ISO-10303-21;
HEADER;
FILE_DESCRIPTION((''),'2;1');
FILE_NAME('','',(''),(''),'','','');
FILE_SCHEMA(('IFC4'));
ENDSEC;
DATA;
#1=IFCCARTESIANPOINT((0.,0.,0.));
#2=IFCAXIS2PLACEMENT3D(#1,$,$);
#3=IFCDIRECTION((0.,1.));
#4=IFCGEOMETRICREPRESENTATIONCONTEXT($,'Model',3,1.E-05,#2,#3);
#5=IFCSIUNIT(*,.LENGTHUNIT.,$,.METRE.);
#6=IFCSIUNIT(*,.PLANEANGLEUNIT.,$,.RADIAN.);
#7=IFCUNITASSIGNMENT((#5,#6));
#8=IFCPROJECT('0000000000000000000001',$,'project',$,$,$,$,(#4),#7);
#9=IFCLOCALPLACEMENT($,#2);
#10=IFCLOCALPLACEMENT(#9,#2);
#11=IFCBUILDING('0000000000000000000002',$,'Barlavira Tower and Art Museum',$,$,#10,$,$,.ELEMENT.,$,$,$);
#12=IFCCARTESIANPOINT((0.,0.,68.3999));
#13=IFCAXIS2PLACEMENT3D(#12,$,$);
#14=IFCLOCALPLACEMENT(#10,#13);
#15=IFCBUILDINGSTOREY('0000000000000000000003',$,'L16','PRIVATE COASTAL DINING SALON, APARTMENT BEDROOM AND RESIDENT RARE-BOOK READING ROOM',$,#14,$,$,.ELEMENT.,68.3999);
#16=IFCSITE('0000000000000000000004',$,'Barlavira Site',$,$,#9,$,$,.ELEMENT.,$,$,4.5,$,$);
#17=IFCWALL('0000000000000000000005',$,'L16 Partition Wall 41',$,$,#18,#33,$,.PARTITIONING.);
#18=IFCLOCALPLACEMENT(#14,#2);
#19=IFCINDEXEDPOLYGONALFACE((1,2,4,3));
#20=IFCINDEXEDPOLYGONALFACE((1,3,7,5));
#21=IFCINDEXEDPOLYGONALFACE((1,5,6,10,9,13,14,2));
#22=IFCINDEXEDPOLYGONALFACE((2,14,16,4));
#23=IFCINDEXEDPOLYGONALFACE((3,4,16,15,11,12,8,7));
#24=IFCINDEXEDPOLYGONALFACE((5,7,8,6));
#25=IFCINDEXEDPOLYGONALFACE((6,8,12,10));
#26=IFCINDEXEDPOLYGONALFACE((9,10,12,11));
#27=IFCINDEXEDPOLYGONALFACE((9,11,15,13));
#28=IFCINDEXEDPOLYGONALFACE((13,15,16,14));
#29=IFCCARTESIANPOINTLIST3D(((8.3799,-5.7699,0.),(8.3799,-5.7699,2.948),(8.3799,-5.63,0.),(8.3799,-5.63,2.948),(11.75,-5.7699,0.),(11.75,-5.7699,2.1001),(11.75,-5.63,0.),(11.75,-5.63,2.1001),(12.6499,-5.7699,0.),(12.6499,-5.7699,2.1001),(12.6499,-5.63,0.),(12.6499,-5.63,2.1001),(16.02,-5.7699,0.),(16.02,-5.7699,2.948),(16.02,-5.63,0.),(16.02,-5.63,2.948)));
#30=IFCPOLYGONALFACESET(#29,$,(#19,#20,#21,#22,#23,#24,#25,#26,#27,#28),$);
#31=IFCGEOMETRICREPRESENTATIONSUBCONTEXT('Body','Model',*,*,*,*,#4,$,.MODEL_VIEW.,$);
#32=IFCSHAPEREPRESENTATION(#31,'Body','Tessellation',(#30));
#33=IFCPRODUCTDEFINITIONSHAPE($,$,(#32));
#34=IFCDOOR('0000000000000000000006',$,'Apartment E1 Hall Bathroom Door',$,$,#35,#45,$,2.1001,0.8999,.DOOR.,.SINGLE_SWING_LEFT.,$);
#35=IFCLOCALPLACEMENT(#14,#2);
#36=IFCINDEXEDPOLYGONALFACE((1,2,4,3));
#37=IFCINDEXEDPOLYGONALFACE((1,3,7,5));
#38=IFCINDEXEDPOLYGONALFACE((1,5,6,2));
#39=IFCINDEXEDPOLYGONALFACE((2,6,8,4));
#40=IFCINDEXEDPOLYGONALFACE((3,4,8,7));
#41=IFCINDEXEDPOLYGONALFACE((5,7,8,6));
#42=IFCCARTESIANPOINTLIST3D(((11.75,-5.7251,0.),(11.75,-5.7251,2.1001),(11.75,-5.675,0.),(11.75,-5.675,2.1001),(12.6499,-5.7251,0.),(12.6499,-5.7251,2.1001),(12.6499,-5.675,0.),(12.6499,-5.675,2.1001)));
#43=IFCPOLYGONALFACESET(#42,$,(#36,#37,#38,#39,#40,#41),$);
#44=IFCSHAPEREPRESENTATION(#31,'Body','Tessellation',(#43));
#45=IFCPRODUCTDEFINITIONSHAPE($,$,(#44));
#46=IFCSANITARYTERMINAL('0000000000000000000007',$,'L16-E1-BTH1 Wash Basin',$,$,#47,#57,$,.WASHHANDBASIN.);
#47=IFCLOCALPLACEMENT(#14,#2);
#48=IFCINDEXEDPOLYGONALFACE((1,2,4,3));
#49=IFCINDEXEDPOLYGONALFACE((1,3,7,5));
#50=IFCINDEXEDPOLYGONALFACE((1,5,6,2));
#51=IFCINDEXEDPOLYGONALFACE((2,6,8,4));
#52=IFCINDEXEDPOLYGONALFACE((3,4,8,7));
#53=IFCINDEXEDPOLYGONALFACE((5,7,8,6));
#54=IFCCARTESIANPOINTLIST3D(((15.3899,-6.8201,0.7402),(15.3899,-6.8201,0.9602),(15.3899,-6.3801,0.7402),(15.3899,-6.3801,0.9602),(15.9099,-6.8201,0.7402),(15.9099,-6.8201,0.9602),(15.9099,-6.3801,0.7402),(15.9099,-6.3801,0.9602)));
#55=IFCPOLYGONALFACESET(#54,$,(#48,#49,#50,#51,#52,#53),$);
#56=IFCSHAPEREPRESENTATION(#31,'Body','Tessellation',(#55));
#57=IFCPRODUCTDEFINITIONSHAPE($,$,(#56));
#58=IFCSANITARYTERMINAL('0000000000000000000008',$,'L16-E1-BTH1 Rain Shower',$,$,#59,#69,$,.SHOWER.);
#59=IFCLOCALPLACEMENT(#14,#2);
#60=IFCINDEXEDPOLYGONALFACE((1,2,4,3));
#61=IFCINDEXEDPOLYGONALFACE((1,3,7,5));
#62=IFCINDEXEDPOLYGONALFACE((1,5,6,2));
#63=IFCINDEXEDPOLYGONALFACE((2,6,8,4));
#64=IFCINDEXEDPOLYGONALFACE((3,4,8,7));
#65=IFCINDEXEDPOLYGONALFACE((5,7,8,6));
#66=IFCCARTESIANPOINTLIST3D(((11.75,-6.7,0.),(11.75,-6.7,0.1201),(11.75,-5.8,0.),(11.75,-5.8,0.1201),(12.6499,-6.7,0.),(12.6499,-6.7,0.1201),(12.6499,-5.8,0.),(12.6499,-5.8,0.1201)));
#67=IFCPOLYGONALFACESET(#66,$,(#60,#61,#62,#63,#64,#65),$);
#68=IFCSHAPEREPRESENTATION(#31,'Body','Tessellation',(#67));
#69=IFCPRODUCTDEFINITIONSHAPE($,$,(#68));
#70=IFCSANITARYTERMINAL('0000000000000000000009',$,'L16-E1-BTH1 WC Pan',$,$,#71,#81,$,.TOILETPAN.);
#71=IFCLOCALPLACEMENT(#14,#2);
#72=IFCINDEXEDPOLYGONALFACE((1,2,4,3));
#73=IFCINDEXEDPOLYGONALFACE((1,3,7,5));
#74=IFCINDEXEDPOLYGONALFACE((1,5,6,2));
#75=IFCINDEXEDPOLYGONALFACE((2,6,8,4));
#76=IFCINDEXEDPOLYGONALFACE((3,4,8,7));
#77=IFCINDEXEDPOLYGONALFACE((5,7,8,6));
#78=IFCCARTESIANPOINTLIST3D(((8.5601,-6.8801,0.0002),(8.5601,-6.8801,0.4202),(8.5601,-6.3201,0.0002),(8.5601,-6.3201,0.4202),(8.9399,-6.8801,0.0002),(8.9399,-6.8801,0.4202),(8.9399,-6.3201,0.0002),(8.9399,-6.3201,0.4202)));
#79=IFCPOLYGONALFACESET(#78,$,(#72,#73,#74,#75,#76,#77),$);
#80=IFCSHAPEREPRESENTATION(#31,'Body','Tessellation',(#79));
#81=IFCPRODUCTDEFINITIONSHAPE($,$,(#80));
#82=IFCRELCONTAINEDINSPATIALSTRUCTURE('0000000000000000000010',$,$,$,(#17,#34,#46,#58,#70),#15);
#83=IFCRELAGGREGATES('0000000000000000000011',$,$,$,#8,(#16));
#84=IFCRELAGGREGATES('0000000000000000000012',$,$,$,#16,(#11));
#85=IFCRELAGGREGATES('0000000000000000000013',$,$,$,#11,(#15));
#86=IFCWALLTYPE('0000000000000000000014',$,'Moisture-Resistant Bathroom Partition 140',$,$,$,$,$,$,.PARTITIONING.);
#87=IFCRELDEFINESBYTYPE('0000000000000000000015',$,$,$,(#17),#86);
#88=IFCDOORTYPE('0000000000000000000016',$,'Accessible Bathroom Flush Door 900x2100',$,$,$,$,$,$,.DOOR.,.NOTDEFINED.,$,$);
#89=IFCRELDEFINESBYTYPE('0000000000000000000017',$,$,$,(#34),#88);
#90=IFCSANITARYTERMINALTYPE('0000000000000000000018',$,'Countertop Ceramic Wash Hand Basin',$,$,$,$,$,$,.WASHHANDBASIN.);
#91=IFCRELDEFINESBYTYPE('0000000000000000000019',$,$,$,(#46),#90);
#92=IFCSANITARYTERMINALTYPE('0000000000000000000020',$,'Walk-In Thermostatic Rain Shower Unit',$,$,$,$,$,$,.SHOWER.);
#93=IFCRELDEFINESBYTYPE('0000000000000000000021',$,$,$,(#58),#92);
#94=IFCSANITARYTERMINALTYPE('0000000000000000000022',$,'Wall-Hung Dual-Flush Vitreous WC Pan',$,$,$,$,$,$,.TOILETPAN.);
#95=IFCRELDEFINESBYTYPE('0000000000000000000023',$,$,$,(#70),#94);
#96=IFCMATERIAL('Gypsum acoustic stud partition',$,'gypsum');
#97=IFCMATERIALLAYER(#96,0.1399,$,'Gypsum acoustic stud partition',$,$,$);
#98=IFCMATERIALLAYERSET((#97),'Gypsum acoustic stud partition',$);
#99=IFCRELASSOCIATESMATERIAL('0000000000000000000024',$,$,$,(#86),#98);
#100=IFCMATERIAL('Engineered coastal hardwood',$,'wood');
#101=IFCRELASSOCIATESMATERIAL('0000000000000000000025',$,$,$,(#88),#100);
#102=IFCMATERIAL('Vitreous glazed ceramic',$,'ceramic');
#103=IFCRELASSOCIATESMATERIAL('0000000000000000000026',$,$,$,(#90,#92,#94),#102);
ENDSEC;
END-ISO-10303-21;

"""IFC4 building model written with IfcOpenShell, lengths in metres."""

from ifc_helpers import new_model, si_unit, direction, frame, frame_2d, origin, origin_2d, place, context, subcontext, project, spatial, rectangle, extrude, material, layer, layer_set, type_object, element, fill, save


model = new_model("IFC4")

# Units and contexts
model_context = context("Model", 3, precision=1e-05, world=origin(), true_north=direction((0.0, 1.0)))
body_context = subcontext(model_context, "Body", "Model", "MODEL_VIEW")
ifc_project = project(units=[si_unit("LENGTHUNIT", "METRE"), si_unit("PLANEANGLEUNIT", "RADIAN")], contexts=[model_context])

# Site, building, storey
site_placement = place(None, origin())
site = spatial("IfcSite", under=ifc_project, at=site_placement, Name="Barlavira Site", CompositionType="ELEMENT", RefElevation=4.5)
building_placement = place(site_placement, origin())
building = spatial("IfcBuilding", under=site, at=building_placement, Name="Barlavira Tower and Art Museum", CompositionType="ELEMENT")
storey_placement = place(building_placement, frame((0.0, 0.0, 68.3999)))
storey = spatial("IfcBuildingStorey", under=building, at=storey_placement, Name="L16", Description="PRIVATE COASTAL DINING SALON, APARTMENT BEDROOM AND RESIDENT RARE-BOOK READING ROOM", CompositionType="ELEMENT", Elevation=68.3999)

# Shared definitions
ifc_material_1 = material(Name="Gypsum acoustic stud partition", Category="gypsum")
ifc_material_2 = material(Name="Engineered coastal hardwood", Category="wood")

# Shared definitions
ifc_layer_1 = layer(ifc_material_1, 0.1399, Name="Gypsum acoustic stud partition")
ifc_layer_set_1 = layer_set([ifc_layer_1], Name="Gypsum acoustic stud partition")
wall_type_1 = type_object("IfcWallType", Name="Moisture-Resistant Bathroom Partition 140", PredefinedType="PARTITIONING", material=ifc_layer_set_1)

# Wall, opening, door
wall_1_placement = place(storey_placement, frame((8.3799, -5.7, 0.0), z_axis=(0.0, 0.0, 1.0), x_axis=(1.0, 0.0, 0.0)))
wall_1 = element("IfcWall", 1, at=wall_1_placement, inside=storey, type_object=wall_type_1, Name="L16 Partition Wall 41", PredefinedType="PARTITIONING", context=body_context, shape_type="SweptSolid", body=[
    extrude(rectangle(XDim=7.6401, YDim=0.1399, at=frame_2d((3.8201, 0.0))), origin(), (0.0, 0.0, 1.0), 2.948),
])
opening_1_placement = place(wall_1_placement, frame((3.3701, 0.0, 0.0)))
opening_1 = element("IfcOpeningElement", 2, at=opening_1_placement, cuts=wall_1, PredefinedType="OPENING", context=body_context, shape_type="SweptSolid", body=[
    extrude(rectangle(XDim=0.8999, YDim=2.1001, at=frame_2d((0.45, 1.05))), frame((0.0, 0.0801, 0.0), z_axis=(0.0, -1.0, 0.0), x_axis=(1.0, 0.0, 0.0)), (0.0, 0.0, 1.0), 0.1599),
])
door_type_1 = type_object("IfcDoorType", Name="Accessible Bathroom Flush Door 900x2100", OperationType="NOTDEFINED", PredefinedType="DOOR", material=ifc_material_2)
door_1_placement = place(opening_1_placement, origin())
door_1 = element("IfcDoor", 3, at=door_1_placement, inside=storey, type_object=door_type_1, Name="Apartment E1 Hall Bathroom Door", OperationType="SINGLE_SWING_LEFT", OverallHeight=2.1001, OverallWidth=0.8999, PredefinedType="DOOR", context=body_context, shape_type="SweptSolid", body=[
    extrude(rectangle(XDim=0.8999, YDim=2.1001, at=frame_2d((0.45, 1.05))), frame((0.0, 0.0249, 0.0), z_axis=(0.0, -1.0, 0.0), x_axis=(1.0, 0.0, 0.0)), (0.0, 0.0, 1.0), 0.05),
])
fill(opening_1, door_1)

# Sanitary terminals
ifc_material_3 = material(Name="Vitreous glazed ceramic", Category="ceramic")
sanitary_terminal_type_1 = type_object("IfcSanitaryTerminalType", Name="Countertop Ceramic Wash Hand Basin", PredefinedType="WASHHANDBASIN", material=ifc_material_3)
sanitary_terminal_1_placement = place(storey_placement, frame((15.6499, -6.6001, 0.7402), z_axis=(0.0, 0.0, 1.0), x_axis=(1.0, 0.0, 0.0)))
element("IfcSanitaryTerminal", 4, at=sanitary_terminal_1_placement, inside=storey, type_object=sanitary_terminal_type_1, Name="L16-E1-BTH1 Wash Basin", PredefinedType="WASHHANDBASIN", context=body_context, shape_type="SweptSolid", body=[
    extrude(rectangle(XDim=0.52, YDim=0.4399, at=origin_2d()), origin(), (0.0, 0.0, 1.0), 0.22),
])
sanitary_terminal_type_2 = type_object("IfcSanitaryTerminalType", Name="Walk-In Thermostatic Rain Shower Unit", PredefinedType="SHOWER", material=ifc_material_3)
sanitary_terminal_2_placement = place(storey_placement, frame((12.2, -6.25, 0.0), z_axis=(0.0, 0.0, 1.0), x_axis=(1.0, 0.0, 0.0)))
element("IfcSanitaryTerminal", 5, at=sanitary_terminal_2_placement, inside=storey, type_object=sanitary_terminal_type_2, Name="L16-E1-BTH1 Rain Shower", PredefinedType="SHOWER", context=body_context, shape_type="SweptSolid", body=[
    extrude(rectangle(XDim=0.8999, YDim=0.8999, at=origin_2d()), origin(), (0.0, 0.0, 1.0), 0.1201),
])
sanitary_terminal_type_3 = type_object("IfcSanitaryTerminalType", Name="Wall-Hung Dual-Flush Vitreous WC Pan", PredefinedType="TOILETPAN", material=ifc_material_3)
sanitary_terminal_3_placement = place(storey_placement, frame((8.75, -6.6001, 0.0002), z_axis=(0.0, 0.0, 1.0), x_axis=(1.0, 0.0, 0.0)))
element("IfcSanitaryTerminal", 6, at=sanitary_terminal_3_placement, inside=storey, type_object=sanitary_terminal_type_3, Name="L16-E1-BTH1 WC Pan", PredefinedType="TOILETPAN", context=body_context, shape_type="SweptSolid", body=[
    extrude(rectangle(XDim=0.3799, YDim=0.5601, at=origin_2d()), origin(), (0.0, 0.0, 1.0), 0.4199),
])

save(model, "model.ifc")
